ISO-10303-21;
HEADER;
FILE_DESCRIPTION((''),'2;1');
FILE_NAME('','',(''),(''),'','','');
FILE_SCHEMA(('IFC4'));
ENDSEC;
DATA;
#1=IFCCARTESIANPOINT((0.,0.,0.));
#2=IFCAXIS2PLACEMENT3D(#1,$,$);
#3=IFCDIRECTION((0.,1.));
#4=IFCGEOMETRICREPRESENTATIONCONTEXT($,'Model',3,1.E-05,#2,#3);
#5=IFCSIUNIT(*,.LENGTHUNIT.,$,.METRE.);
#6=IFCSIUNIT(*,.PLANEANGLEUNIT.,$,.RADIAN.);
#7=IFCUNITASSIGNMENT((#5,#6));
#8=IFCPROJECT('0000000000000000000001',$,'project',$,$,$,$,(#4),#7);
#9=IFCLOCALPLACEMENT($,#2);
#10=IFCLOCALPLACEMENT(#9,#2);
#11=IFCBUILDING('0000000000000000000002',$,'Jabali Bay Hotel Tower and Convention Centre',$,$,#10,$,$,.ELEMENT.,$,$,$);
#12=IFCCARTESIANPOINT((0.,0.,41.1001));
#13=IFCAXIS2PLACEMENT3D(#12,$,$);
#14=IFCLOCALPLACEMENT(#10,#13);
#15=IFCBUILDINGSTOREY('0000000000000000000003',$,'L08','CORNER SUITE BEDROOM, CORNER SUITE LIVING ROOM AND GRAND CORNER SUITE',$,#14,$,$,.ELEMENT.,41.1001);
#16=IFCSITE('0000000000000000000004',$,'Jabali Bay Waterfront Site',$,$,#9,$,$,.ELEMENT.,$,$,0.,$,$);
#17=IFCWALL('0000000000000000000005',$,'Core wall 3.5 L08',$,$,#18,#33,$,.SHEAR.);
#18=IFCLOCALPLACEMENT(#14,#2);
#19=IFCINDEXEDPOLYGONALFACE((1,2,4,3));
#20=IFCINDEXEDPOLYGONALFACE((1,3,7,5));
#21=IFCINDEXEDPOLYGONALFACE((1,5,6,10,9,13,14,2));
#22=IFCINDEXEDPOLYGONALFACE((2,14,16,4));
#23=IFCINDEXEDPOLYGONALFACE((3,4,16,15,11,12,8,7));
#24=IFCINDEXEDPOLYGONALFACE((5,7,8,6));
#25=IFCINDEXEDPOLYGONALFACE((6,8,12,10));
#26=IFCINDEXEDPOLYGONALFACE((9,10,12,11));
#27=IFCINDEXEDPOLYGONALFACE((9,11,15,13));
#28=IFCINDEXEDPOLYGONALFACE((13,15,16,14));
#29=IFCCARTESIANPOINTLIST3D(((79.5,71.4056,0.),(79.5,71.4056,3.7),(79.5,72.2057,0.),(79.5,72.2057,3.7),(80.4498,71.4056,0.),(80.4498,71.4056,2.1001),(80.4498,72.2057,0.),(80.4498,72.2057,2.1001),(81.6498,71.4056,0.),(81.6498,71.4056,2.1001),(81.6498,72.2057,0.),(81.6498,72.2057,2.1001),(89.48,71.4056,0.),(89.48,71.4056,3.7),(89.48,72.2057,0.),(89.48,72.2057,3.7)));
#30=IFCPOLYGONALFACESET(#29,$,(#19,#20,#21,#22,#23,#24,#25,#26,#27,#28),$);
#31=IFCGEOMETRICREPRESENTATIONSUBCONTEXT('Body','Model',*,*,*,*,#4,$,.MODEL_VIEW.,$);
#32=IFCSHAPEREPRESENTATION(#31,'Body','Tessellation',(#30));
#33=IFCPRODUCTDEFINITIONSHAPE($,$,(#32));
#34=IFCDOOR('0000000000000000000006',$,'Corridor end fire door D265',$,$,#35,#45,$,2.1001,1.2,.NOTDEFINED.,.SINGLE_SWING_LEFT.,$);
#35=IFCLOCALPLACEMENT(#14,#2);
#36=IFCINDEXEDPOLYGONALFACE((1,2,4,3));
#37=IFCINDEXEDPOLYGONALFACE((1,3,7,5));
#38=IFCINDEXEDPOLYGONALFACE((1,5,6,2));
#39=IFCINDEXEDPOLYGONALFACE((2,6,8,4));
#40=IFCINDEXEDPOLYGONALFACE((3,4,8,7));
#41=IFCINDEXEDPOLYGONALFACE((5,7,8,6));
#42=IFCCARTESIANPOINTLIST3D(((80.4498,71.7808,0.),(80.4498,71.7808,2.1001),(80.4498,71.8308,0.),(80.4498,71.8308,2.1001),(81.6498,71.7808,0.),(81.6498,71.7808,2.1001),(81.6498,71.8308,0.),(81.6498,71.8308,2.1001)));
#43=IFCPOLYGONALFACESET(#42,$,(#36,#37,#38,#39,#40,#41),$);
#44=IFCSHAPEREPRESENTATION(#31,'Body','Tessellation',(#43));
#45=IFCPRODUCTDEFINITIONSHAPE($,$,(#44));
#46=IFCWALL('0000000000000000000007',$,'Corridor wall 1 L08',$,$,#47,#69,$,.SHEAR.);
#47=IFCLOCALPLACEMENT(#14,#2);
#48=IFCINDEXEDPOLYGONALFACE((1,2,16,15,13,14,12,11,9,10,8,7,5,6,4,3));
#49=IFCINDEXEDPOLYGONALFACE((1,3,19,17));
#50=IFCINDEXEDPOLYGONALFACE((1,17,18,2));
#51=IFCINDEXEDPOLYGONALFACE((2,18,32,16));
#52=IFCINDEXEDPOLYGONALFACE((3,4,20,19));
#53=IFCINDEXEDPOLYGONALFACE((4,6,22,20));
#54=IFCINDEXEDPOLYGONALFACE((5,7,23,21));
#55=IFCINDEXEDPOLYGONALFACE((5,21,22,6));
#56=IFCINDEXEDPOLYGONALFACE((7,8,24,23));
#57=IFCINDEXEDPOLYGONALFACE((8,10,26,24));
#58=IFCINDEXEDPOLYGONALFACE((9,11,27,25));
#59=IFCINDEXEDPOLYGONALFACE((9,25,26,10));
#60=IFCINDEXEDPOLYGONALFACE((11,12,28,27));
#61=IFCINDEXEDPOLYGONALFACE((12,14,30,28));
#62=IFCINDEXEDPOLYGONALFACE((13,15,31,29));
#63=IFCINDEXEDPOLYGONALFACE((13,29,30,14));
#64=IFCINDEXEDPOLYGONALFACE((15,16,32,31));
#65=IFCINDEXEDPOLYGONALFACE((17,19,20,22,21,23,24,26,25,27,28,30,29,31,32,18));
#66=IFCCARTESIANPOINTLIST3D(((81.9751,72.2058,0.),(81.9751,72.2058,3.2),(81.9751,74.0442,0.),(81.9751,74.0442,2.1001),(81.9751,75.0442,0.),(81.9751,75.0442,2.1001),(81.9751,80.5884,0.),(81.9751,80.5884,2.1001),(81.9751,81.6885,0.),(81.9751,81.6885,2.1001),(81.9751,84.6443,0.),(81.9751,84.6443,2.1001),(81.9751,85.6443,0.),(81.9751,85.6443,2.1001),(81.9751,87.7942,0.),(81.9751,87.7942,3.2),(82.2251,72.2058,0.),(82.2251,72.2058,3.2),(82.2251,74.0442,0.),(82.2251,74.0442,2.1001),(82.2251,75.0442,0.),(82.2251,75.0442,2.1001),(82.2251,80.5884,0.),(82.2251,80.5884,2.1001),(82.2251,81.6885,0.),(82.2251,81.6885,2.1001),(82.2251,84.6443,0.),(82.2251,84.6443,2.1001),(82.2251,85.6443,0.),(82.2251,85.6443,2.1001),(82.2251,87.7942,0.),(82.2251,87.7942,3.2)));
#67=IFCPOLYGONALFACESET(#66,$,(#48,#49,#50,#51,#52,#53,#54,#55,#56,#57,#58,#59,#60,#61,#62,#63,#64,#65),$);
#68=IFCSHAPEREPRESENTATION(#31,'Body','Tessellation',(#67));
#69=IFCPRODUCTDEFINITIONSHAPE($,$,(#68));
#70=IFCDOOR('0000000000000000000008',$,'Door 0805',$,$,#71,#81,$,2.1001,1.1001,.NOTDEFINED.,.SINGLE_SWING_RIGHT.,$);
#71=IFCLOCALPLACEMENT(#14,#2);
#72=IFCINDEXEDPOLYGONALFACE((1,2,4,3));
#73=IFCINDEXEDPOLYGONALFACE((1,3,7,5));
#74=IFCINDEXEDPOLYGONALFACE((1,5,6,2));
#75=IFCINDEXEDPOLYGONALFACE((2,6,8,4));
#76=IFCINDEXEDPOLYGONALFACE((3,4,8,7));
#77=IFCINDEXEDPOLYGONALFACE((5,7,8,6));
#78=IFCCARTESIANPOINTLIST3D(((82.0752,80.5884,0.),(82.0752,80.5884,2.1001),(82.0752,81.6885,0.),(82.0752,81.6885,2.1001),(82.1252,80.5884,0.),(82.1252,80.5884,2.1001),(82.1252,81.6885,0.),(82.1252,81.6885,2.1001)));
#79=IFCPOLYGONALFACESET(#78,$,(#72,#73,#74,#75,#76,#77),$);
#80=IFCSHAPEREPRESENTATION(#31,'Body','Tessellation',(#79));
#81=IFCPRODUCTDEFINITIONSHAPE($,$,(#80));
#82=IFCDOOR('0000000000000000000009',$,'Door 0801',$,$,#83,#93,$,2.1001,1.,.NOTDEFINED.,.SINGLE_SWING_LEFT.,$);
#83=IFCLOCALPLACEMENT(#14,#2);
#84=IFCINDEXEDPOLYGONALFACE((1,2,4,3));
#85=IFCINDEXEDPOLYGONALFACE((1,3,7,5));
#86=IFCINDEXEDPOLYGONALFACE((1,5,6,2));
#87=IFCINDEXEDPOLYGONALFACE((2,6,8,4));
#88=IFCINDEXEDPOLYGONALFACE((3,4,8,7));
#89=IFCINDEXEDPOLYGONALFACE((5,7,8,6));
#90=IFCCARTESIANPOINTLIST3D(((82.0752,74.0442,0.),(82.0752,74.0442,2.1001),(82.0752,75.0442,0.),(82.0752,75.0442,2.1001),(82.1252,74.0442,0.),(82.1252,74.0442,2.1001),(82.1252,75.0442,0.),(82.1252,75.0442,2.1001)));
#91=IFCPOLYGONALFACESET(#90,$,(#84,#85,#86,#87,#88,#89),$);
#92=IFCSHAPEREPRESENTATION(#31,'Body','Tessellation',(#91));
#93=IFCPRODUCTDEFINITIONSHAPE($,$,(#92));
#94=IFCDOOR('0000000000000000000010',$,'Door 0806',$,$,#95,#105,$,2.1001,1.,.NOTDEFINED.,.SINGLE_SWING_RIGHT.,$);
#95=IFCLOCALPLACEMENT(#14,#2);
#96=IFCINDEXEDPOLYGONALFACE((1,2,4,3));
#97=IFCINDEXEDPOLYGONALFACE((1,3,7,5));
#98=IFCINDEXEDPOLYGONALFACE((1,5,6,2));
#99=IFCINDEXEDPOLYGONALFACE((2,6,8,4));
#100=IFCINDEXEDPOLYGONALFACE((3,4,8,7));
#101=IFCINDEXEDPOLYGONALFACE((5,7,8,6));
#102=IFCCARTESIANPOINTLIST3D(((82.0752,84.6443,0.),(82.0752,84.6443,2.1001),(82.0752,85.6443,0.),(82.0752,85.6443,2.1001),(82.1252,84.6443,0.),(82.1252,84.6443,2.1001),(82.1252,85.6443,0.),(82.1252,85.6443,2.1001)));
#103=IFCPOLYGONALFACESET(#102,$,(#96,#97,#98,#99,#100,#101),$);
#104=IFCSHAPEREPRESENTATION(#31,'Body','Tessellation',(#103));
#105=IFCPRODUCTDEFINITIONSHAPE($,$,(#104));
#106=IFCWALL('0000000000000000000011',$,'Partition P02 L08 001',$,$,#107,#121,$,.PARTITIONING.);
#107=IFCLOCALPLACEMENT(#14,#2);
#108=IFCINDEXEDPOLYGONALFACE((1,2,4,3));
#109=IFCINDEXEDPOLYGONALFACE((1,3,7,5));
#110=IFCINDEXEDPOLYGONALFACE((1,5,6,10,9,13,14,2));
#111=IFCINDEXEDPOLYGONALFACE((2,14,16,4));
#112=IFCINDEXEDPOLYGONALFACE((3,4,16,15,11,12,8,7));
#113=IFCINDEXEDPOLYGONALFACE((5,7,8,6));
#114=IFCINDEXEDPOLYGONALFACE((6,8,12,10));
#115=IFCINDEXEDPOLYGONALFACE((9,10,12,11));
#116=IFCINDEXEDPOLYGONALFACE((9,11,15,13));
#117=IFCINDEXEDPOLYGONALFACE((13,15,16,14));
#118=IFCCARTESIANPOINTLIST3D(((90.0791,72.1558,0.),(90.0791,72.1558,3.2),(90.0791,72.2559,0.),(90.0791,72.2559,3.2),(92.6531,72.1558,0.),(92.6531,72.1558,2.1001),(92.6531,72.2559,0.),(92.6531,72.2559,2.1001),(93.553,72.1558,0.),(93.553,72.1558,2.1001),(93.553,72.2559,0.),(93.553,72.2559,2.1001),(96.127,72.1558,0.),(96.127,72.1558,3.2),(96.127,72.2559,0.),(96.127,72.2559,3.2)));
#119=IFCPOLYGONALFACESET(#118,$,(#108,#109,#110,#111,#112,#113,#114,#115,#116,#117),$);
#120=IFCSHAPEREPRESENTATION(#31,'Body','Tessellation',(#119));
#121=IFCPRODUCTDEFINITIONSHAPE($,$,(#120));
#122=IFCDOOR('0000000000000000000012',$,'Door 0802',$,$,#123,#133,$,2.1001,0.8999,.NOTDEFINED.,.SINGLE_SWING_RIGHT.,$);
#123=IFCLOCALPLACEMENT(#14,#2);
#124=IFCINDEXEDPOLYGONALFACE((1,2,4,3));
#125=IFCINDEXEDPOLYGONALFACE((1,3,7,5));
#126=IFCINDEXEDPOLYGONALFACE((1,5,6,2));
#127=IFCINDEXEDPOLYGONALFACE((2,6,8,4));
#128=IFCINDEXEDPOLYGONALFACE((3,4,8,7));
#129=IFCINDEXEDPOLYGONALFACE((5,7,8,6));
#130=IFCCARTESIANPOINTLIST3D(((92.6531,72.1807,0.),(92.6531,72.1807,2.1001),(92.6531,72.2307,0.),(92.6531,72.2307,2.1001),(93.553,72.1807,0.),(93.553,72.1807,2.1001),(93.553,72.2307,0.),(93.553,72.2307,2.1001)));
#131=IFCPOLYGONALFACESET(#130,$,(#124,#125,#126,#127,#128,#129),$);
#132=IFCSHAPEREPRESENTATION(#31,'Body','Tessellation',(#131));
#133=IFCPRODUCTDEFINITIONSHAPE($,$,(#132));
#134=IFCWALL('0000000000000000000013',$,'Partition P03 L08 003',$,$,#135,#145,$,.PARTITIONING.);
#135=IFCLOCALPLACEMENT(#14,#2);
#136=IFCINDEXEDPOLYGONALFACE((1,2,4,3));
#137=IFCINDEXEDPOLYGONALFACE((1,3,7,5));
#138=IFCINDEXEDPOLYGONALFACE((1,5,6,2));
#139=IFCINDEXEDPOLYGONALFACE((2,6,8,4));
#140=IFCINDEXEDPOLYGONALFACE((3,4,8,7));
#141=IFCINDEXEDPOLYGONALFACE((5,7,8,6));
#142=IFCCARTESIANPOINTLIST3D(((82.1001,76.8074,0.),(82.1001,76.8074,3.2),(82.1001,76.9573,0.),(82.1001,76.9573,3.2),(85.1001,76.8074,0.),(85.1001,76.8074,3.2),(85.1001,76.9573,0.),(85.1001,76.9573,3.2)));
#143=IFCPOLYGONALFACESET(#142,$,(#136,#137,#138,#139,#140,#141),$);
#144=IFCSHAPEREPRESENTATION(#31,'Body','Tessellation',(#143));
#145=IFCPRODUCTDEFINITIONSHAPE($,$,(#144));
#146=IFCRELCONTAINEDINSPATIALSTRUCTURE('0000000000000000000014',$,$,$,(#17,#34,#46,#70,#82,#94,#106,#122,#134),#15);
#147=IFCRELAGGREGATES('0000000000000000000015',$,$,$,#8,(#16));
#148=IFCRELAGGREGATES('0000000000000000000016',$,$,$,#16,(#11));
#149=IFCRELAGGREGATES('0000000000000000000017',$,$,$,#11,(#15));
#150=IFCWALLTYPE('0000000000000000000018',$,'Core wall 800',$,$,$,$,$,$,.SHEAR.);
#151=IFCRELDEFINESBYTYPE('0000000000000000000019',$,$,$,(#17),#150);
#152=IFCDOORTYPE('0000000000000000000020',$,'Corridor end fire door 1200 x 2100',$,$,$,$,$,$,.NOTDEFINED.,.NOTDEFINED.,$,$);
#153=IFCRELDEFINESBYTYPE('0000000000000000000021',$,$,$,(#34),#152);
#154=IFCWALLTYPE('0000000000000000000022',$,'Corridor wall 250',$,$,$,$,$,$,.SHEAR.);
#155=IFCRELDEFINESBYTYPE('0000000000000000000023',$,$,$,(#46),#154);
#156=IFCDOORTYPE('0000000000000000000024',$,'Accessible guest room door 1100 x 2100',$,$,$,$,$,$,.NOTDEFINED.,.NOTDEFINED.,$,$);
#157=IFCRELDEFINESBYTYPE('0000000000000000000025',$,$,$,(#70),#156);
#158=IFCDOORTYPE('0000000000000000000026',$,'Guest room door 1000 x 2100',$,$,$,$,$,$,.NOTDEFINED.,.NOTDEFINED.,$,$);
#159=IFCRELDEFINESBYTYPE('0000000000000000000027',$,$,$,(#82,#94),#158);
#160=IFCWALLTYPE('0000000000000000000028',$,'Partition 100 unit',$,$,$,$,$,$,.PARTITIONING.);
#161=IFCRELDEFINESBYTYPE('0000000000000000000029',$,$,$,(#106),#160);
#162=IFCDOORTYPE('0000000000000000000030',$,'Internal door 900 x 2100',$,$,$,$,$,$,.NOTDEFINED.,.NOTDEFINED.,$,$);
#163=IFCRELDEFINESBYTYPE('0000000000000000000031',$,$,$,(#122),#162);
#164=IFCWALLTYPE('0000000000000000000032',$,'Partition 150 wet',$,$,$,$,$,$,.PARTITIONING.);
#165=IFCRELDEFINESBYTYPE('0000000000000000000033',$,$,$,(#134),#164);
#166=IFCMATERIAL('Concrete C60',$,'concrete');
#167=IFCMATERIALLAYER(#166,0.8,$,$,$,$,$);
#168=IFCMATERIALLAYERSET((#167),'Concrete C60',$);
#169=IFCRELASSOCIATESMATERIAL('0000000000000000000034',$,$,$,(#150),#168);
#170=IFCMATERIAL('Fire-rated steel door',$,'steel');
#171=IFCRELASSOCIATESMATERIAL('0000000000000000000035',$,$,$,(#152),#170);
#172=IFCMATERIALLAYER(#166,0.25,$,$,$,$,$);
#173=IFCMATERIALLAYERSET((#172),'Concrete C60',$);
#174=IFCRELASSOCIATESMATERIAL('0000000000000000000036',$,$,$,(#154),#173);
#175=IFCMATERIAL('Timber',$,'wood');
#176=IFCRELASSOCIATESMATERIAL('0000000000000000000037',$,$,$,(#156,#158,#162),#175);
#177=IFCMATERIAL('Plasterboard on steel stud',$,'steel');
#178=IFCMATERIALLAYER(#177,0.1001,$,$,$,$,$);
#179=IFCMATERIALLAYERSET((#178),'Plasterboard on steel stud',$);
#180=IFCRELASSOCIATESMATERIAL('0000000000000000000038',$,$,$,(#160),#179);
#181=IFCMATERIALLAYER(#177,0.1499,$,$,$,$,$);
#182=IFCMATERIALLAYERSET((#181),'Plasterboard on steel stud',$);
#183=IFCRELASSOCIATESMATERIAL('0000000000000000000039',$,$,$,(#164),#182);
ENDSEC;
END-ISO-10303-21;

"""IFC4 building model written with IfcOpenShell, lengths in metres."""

from ifc_helpers import new_model, si_unit, direction, frame, frame_2d, origin, place, context, subcontext, project, spatial, rectangle, extrude, material, layer, layer_set, type_object, element, fill, save


model = new_model("IFC4")

# Units and contexts
model_context = context("Model", 3, precision=1e-05, world=origin(), true_north=direction((0.0, 1.0)))
body_context = subcontext(model_context, "Body", "Model", "MODEL_VIEW")
ifc_project = project(units=[si_unit("LENGTHUNIT", "METRE"), si_unit("PLANEANGLEUNIT", "RADIAN")], contexts=[model_context])

# Site, building, storey
site_placement = place(None, origin())
site = spatial("IfcSite", under=ifc_project, at=site_placement, Name="Jabali Bay Waterfront Site", CompositionType="ELEMENT", RefElevation=0.0)
building_placement = place(site_placement, origin())
building = spatial("IfcBuilding", under=site, at=building_placement, Name="Jabali Bay Hotel Tower and Convention Centre", CompositionType="ELEMENT")
storey_placement = place(building_placement, frame((0.0, 0.0, 41.1001)))
storey = spatial("IfcBuildingStorey", under=building, at=storey_placement, Name="L08", Description="CORNER SUITE BEDROOM, CORNER SUITE LIVING ROOM AND GRAND CORNER SUITE", CompositionType="ELEMENT", Elevation=41.1001)

# Shared definitions
ifc_material_1 = material(Name="Concrete C60", Category="concrete")

# Shared definitions
ifc_material_2 = material(Name="Fire-rated steel door", Category="steel")

# Wall, opening, door
ifc_layer_1 = layer(ifc_material_1, 0.8)
ifc_layer_set_1 = layer_set([ifc_layer_1], Name="Concrete C60")
wall_type_1 = type_object("IfcWallType", Name="Core wall 800", PredefinedType="SHEAR", material=ifc_layer_set_1)
door_type_1 = type_object("IfcDoorType", Name="Corridor end fire door 1200 x 2100", OperationType="NOTDEFINED", PredefinedType="NOTDEFINED", material=ifc_material_2)
wall_1_placement = place(storey_placement, frame((89.48, 71.8057, 0.0), z_axis=(0.0, 0.0, 1.0), x_axis=(-1.0, 0.0, 0.0)))
wall_1 = element("IfcWall", 1, at=wall_1_placement, inside=storey, type_object=wall_type_1, Name="Core wall 3.5 L08", PredefinedType="SHEAR", context=body_context, shape_type="SweptSolid", body=[
    extrude(rectangle(XDim=9.98, YDim=0.8, at=frame_2d((4.99, 0.0))), origin(), (0.0, 0.0, 1.0), 3.7),
])
opening_1_placement = place(wall_1_placement, frame((7.8301, 0.0, 0.0)))
opening_1 = element("IfcOpeningElement", 2, at=opening_1_placement, cuts=wall_1, PredefinedType="OPENING", context=body_context, shape_type="SweptSolid", body=[
    extrude(rectangle(XDim=1.2, YDim=2.1001, at=frame_2d((0.6001, 1.05))), frame((0.0, 0.4106, 0.0), z_axis=(0.0, -1.0, 0.0), x_axis=(1.0, 0.0, 0.0)), (0.0, 0.0, 1.0), 0.821),
])
door_1_placement = place(opening_1_placement, origin())
door_1 = element("IfcDoor", 3, at=door_1_placement, inside=storey, type_object=door_type_1, Name="Corridor end fire door D265", OperationType="SINGLE_SWING_LEFT", OverallHeight=2.1001, OverallWidth=1.2, PredefinedType="NOTDEFINED", context=body_context, shape_type="SweptSolid", body=[
    extrude(rectangle(XDim=1.2, YDim=2.1001, at=frame_2d((0.6001, 1.05))), frame((0.0, 0.0249, 0.0), z_axis=(0.0, -1.0, 0.0), x_axis=(1.0, 0.0, 0.0)), (0.0, 0.0, 1.0), 0.05),
])
fill(opening_1, door_1)

# Wall, openings, doors
ifc_layer_2 = layer(ifc_material_1, 0.25)
ifc_layer_set_2 = layer_set([ifc_layer_2], Name="Concrete C60")
wall_type_2 = type_object("IfcWallType", Name="Corridor wall 250", PredefinedType="SHEAR", material=ifc_layer_set_2)
wall_2_placement = place(storey_placement, frame((82.1001, 72.2058, 0.0), z_axis=(0.0, 0.0, 1.0), x_axis=(0.0, 1.0, 0.0)))
wall_2 = element("IfcWall", 4, at=wall_2_placement, inside=storey, type_object=wall_type_2, Name="Corridor wall 1 L08", PredefinedType="SHEAR", context=body_context, shape_type="SweptSolid", body=[
    extrude(rectangle(XDim=15.5884, YDim=0.25, at=frame_2d((7.7942, 0.0))), origin(), (0.0, 0.0, 1.0), 3.2),
])
opening_2_placement = place(wall_2_placement, frame((1.8384, 0.0, 0.0)))
opening_2 = element("IfcOpeningElement", 5, at=opening_2_placement, cuts=wall_2, PredefinedType="OPENING", context=body_context, shape_type="SweptSolid", body=[
    extrude(rectangle(XDim=1.0, YDim=2.1001, at=frame_2d((0.5, 1.05))), frame((0.0, 0.1355, 0.0), z_axis=(0.0, -1.0, 0.0), x_axis=(1.0, 0.0, 0.0)), (0.0, 0.0, 1.0), 0.271),
])
opening_3_placement = place(wall_2_placement, frame((8.3826, 0.0, 0.0)))
opening_3 = element("IfcOpeningElement", 6, at=opening_3_placement, cuts=wall_2, PredefinedType="OPENING", context=body_context, shape_type="SweptSolid", body=[
    extrude(rectangle(XDim=1.1001, YDim=2.1001, at=frame_2d((0.55, 1.05))), frame((0.0, 0.1355, 0.0), z_axis=(0.0, -1.0, 0.0), x_axis=(1.0, 0.0, 0.0)), (0.0, 0.0, 1.0), 0.271),
])
opening_4_placement = place(wall_2_placement, frame((12.4385, 0.0, 0.0)))
opening_4 = element("IfcOpeningElement", 7, at=opening_4_placement, cuts=wall_2, PredefinedType="OPENING", context=body_context, shape_type="SweptSolid", body=[
    extrude(rectangle(XDim=1.0, YDim=2.1001, at=frame_2d((0.5, 1.05))), frame((0.0, 0.1355, 0.0), z_axis=(0.0, -1.0, 0.0), x_axis=(1.0, 0.0, 0.0)), (0.0, 0.0, 1.0), 0.271),
])
ifc_material_3 = material(Name="Timber", Category="wood")
door_type_2 = type_object("IfcDoorType", Name="Accessible guest room door 1100 x 2100", OperationType="NOTDEFINED", PredefinedType="NOTDEFINED", material=ifc_material_3)
door_2_placement = place(opening_3_placement, origin())
door_2 = element("IfcDoor", 8, at=door_2_placement, inside=storey, type_object=door_type_2, Name="Door 0805", OperationType="SINGLE_SWING_RIGHT", OverallHeight=2.1001, OverallWidth=1.1001, PredefinedType="NOTDEFINED", context=body_context, shape_type="SweptSolid", body=[
    extrude(rectangle(XDim=1.1001, YDim=2.1001, at=frame_2d((0.55, 1.05))), frame((0.0, 0.0249, 0.0), z_axis=(0.0, -1.0, 0.0), x_axis=(1.0, 0.0, 0.0)), (0.0, 0.0, 1.0), 0.05),
])
fill(opening_3, door_2)
door_type_3 = type_object("IfcDoorType", Name="Guest room door 1000 x 2100", OperationType="NOTDEFINED", PredefinedType="NOTDEFINED", material=ifc_material_3)
door_3_placement = place(opening_2_placement, origin())
door_3 = element("IfcDoor", 9, at=door_3_placement, inside=storey, type_object=door_type_3, Name="Door 0801", OperationType="SINGLE_SWING_LEFT", OverallHeight=2.1001, OverallWidth=1.0, PredefinedType="NOTDEFINED", context=body_context, shape_type="SweptSolid", body=[
    extrude(rectangle(XDim=1.0, YDim=2.1001, at=frame_2d((0.5, 1.05))), frame((0.0, 0.0249, 0.0), z_axis=(0.0, -1.0, 0.0), x_axis=(1.0, 0.0, 0.0)), (0.0, 0.0, 1.0), 0.05),
])
fill(opening_2, door_3)
door_4_placement = place(opening_4_placement, origin())
door_4 = element("IfcDoor", 10, at=door_4_placement, inside=storey, type_object=door_type_3, Name="Door 0806", OperationType="SINGLE_SWING_RIGHT", OverallHeight=2.1001, OverallWidth=1.0, PredefinedType="NOTDEFINED", context=body_context, shape_type="SweptSolid", body=[
    extrude(rectangle(XDim=1.0, YDim=2.1001, at=frame_2d((0.5, 1.05))), frame((0.0, 0.0249, 0.0), z_axis=(0.0, -1.0, 0.0), x_axis=(1.0, 0.0, 0.0)), (0.0, 0.0, 1.0), 0.05),
])
fill(opening_4, door_4)

# Wall, opening, door
ifc_material_4 = material(Name="Plasterboard on steel stud", Category="steel")
ifc_layer_3 = layer(ifc_material_4, 0.1001)
ifc_layer_set_3 = layer_set([ifc_layer_3], Name="Plasterboard on steel stud")
wall_type_3 = type_object("IfcWallType", Name="Partition 100 unit", PredefinedType="PARTITIONING", material=ifc_layer_set_3)
wall_3_placement = place(storey_placement, frame((90.0791, 72.2058, 0.0), z_axis=(0.0, 0.0, 1.0), x_axis=(1.0, 0.0, 0.0)))
wall_3 = element("IfcWall", 11, at=wall_3_placement, inside=storey, type_object=wall_type_3, Name="Partition P02 L08 001", PredefinedType="PARTITIONING", context=body_context, shape_type="SweptSolid", body=[
    extrude(rectangle(XDim=6.0479, YDim=0.1001, at=frame_2d((3.0239, 0.0))), origin(), (0.0, 0.0, 1.0), 3.2),
])
opening_5_placement = place(wall_3_placement, frame((2.574, 0.0, 0.0)))
opening_5 = element("IfcOpeningElement", 12, at=opening_5_placement, cuts=wall_3, PredefinedType="OPENING", context=body_context, shape_type="SweptSolid", body=[
    extrude(rectangle(XDim=0.8999, YDim=2.1001, at=frame_2d((0.45, 1.05))), frame((0.0, 0.0605, 0.0), z_axis=(0.0, -1.0, 0.0), x_axis=(1.0, 0.0, 0.0)), (0.0, 0.0, 1.0), 0.1211),
])
door_type_4 = type_object("IfcDoorType", Name="Internal door 900 x 2100", OperationType="NOTDEFINED", PredefinedType="NOTDEFINED", material=ifc_material_3)
door_5_placement = place(opening_5_placement, origin())
door_5 = element("IfcDoor", 13, at=door_5_placement, inside=storey, type_object=door_type_4, Name="Door 0802", OperationType="SINGLE_SWING_RIGHT", OverallHeight=2.1001, OverallWidth=0.8999, PredefinedType="NOTDEFINED", context=body_context, shape_type="SweptSolid", body=[
    extrude(rectangle(XDim=0.8999, YDim=2.1001, at=frame_2d((0.45, 1.05))), frame((0.0, 0.0249, 0.0), z_axis=(0.0, -1.0, 0.0), x_axis=(1.0, 0.0, 0.0)), (0.0, 0.0, 1.0), 0.05),
])
fill(opening_5, door_5)

# Wall
ifc_layer_4 = layer(ifc_material_4, 0.1499)
ifc_layer_set_4 = layer_set([ifc_layer_4], Name="Plasterboard on steel stud")
wall_type_4 = type_object("IfcWallType", Name="Partition 150 wet", PredefinedType="PARTITIONING", material=ifc_layer_set_4)
wall_4_placement = place(storey_placement, frame((85.1001, 76.8823, 0.0), z_axis=(0.0, 0.0, 1.0), x_axis=(-1.0, 0.0, 0.0)))
element("IfcWall", 14, at=wall_4_placement, inside=storey, type_object=wall_type_4, Name="Partition P03 L08 003", PredefinedType="PARTITIONING", context=body_context, shape_type="SweptSolid", body=[
    extrude(rectangle(XDim=3.0, YDim=0.1499, at=frame_2d((1.5, 0.0))), origin(), (0.0, 0.0, 1.0), 3.2),
])

save(model, "model.ifc")
